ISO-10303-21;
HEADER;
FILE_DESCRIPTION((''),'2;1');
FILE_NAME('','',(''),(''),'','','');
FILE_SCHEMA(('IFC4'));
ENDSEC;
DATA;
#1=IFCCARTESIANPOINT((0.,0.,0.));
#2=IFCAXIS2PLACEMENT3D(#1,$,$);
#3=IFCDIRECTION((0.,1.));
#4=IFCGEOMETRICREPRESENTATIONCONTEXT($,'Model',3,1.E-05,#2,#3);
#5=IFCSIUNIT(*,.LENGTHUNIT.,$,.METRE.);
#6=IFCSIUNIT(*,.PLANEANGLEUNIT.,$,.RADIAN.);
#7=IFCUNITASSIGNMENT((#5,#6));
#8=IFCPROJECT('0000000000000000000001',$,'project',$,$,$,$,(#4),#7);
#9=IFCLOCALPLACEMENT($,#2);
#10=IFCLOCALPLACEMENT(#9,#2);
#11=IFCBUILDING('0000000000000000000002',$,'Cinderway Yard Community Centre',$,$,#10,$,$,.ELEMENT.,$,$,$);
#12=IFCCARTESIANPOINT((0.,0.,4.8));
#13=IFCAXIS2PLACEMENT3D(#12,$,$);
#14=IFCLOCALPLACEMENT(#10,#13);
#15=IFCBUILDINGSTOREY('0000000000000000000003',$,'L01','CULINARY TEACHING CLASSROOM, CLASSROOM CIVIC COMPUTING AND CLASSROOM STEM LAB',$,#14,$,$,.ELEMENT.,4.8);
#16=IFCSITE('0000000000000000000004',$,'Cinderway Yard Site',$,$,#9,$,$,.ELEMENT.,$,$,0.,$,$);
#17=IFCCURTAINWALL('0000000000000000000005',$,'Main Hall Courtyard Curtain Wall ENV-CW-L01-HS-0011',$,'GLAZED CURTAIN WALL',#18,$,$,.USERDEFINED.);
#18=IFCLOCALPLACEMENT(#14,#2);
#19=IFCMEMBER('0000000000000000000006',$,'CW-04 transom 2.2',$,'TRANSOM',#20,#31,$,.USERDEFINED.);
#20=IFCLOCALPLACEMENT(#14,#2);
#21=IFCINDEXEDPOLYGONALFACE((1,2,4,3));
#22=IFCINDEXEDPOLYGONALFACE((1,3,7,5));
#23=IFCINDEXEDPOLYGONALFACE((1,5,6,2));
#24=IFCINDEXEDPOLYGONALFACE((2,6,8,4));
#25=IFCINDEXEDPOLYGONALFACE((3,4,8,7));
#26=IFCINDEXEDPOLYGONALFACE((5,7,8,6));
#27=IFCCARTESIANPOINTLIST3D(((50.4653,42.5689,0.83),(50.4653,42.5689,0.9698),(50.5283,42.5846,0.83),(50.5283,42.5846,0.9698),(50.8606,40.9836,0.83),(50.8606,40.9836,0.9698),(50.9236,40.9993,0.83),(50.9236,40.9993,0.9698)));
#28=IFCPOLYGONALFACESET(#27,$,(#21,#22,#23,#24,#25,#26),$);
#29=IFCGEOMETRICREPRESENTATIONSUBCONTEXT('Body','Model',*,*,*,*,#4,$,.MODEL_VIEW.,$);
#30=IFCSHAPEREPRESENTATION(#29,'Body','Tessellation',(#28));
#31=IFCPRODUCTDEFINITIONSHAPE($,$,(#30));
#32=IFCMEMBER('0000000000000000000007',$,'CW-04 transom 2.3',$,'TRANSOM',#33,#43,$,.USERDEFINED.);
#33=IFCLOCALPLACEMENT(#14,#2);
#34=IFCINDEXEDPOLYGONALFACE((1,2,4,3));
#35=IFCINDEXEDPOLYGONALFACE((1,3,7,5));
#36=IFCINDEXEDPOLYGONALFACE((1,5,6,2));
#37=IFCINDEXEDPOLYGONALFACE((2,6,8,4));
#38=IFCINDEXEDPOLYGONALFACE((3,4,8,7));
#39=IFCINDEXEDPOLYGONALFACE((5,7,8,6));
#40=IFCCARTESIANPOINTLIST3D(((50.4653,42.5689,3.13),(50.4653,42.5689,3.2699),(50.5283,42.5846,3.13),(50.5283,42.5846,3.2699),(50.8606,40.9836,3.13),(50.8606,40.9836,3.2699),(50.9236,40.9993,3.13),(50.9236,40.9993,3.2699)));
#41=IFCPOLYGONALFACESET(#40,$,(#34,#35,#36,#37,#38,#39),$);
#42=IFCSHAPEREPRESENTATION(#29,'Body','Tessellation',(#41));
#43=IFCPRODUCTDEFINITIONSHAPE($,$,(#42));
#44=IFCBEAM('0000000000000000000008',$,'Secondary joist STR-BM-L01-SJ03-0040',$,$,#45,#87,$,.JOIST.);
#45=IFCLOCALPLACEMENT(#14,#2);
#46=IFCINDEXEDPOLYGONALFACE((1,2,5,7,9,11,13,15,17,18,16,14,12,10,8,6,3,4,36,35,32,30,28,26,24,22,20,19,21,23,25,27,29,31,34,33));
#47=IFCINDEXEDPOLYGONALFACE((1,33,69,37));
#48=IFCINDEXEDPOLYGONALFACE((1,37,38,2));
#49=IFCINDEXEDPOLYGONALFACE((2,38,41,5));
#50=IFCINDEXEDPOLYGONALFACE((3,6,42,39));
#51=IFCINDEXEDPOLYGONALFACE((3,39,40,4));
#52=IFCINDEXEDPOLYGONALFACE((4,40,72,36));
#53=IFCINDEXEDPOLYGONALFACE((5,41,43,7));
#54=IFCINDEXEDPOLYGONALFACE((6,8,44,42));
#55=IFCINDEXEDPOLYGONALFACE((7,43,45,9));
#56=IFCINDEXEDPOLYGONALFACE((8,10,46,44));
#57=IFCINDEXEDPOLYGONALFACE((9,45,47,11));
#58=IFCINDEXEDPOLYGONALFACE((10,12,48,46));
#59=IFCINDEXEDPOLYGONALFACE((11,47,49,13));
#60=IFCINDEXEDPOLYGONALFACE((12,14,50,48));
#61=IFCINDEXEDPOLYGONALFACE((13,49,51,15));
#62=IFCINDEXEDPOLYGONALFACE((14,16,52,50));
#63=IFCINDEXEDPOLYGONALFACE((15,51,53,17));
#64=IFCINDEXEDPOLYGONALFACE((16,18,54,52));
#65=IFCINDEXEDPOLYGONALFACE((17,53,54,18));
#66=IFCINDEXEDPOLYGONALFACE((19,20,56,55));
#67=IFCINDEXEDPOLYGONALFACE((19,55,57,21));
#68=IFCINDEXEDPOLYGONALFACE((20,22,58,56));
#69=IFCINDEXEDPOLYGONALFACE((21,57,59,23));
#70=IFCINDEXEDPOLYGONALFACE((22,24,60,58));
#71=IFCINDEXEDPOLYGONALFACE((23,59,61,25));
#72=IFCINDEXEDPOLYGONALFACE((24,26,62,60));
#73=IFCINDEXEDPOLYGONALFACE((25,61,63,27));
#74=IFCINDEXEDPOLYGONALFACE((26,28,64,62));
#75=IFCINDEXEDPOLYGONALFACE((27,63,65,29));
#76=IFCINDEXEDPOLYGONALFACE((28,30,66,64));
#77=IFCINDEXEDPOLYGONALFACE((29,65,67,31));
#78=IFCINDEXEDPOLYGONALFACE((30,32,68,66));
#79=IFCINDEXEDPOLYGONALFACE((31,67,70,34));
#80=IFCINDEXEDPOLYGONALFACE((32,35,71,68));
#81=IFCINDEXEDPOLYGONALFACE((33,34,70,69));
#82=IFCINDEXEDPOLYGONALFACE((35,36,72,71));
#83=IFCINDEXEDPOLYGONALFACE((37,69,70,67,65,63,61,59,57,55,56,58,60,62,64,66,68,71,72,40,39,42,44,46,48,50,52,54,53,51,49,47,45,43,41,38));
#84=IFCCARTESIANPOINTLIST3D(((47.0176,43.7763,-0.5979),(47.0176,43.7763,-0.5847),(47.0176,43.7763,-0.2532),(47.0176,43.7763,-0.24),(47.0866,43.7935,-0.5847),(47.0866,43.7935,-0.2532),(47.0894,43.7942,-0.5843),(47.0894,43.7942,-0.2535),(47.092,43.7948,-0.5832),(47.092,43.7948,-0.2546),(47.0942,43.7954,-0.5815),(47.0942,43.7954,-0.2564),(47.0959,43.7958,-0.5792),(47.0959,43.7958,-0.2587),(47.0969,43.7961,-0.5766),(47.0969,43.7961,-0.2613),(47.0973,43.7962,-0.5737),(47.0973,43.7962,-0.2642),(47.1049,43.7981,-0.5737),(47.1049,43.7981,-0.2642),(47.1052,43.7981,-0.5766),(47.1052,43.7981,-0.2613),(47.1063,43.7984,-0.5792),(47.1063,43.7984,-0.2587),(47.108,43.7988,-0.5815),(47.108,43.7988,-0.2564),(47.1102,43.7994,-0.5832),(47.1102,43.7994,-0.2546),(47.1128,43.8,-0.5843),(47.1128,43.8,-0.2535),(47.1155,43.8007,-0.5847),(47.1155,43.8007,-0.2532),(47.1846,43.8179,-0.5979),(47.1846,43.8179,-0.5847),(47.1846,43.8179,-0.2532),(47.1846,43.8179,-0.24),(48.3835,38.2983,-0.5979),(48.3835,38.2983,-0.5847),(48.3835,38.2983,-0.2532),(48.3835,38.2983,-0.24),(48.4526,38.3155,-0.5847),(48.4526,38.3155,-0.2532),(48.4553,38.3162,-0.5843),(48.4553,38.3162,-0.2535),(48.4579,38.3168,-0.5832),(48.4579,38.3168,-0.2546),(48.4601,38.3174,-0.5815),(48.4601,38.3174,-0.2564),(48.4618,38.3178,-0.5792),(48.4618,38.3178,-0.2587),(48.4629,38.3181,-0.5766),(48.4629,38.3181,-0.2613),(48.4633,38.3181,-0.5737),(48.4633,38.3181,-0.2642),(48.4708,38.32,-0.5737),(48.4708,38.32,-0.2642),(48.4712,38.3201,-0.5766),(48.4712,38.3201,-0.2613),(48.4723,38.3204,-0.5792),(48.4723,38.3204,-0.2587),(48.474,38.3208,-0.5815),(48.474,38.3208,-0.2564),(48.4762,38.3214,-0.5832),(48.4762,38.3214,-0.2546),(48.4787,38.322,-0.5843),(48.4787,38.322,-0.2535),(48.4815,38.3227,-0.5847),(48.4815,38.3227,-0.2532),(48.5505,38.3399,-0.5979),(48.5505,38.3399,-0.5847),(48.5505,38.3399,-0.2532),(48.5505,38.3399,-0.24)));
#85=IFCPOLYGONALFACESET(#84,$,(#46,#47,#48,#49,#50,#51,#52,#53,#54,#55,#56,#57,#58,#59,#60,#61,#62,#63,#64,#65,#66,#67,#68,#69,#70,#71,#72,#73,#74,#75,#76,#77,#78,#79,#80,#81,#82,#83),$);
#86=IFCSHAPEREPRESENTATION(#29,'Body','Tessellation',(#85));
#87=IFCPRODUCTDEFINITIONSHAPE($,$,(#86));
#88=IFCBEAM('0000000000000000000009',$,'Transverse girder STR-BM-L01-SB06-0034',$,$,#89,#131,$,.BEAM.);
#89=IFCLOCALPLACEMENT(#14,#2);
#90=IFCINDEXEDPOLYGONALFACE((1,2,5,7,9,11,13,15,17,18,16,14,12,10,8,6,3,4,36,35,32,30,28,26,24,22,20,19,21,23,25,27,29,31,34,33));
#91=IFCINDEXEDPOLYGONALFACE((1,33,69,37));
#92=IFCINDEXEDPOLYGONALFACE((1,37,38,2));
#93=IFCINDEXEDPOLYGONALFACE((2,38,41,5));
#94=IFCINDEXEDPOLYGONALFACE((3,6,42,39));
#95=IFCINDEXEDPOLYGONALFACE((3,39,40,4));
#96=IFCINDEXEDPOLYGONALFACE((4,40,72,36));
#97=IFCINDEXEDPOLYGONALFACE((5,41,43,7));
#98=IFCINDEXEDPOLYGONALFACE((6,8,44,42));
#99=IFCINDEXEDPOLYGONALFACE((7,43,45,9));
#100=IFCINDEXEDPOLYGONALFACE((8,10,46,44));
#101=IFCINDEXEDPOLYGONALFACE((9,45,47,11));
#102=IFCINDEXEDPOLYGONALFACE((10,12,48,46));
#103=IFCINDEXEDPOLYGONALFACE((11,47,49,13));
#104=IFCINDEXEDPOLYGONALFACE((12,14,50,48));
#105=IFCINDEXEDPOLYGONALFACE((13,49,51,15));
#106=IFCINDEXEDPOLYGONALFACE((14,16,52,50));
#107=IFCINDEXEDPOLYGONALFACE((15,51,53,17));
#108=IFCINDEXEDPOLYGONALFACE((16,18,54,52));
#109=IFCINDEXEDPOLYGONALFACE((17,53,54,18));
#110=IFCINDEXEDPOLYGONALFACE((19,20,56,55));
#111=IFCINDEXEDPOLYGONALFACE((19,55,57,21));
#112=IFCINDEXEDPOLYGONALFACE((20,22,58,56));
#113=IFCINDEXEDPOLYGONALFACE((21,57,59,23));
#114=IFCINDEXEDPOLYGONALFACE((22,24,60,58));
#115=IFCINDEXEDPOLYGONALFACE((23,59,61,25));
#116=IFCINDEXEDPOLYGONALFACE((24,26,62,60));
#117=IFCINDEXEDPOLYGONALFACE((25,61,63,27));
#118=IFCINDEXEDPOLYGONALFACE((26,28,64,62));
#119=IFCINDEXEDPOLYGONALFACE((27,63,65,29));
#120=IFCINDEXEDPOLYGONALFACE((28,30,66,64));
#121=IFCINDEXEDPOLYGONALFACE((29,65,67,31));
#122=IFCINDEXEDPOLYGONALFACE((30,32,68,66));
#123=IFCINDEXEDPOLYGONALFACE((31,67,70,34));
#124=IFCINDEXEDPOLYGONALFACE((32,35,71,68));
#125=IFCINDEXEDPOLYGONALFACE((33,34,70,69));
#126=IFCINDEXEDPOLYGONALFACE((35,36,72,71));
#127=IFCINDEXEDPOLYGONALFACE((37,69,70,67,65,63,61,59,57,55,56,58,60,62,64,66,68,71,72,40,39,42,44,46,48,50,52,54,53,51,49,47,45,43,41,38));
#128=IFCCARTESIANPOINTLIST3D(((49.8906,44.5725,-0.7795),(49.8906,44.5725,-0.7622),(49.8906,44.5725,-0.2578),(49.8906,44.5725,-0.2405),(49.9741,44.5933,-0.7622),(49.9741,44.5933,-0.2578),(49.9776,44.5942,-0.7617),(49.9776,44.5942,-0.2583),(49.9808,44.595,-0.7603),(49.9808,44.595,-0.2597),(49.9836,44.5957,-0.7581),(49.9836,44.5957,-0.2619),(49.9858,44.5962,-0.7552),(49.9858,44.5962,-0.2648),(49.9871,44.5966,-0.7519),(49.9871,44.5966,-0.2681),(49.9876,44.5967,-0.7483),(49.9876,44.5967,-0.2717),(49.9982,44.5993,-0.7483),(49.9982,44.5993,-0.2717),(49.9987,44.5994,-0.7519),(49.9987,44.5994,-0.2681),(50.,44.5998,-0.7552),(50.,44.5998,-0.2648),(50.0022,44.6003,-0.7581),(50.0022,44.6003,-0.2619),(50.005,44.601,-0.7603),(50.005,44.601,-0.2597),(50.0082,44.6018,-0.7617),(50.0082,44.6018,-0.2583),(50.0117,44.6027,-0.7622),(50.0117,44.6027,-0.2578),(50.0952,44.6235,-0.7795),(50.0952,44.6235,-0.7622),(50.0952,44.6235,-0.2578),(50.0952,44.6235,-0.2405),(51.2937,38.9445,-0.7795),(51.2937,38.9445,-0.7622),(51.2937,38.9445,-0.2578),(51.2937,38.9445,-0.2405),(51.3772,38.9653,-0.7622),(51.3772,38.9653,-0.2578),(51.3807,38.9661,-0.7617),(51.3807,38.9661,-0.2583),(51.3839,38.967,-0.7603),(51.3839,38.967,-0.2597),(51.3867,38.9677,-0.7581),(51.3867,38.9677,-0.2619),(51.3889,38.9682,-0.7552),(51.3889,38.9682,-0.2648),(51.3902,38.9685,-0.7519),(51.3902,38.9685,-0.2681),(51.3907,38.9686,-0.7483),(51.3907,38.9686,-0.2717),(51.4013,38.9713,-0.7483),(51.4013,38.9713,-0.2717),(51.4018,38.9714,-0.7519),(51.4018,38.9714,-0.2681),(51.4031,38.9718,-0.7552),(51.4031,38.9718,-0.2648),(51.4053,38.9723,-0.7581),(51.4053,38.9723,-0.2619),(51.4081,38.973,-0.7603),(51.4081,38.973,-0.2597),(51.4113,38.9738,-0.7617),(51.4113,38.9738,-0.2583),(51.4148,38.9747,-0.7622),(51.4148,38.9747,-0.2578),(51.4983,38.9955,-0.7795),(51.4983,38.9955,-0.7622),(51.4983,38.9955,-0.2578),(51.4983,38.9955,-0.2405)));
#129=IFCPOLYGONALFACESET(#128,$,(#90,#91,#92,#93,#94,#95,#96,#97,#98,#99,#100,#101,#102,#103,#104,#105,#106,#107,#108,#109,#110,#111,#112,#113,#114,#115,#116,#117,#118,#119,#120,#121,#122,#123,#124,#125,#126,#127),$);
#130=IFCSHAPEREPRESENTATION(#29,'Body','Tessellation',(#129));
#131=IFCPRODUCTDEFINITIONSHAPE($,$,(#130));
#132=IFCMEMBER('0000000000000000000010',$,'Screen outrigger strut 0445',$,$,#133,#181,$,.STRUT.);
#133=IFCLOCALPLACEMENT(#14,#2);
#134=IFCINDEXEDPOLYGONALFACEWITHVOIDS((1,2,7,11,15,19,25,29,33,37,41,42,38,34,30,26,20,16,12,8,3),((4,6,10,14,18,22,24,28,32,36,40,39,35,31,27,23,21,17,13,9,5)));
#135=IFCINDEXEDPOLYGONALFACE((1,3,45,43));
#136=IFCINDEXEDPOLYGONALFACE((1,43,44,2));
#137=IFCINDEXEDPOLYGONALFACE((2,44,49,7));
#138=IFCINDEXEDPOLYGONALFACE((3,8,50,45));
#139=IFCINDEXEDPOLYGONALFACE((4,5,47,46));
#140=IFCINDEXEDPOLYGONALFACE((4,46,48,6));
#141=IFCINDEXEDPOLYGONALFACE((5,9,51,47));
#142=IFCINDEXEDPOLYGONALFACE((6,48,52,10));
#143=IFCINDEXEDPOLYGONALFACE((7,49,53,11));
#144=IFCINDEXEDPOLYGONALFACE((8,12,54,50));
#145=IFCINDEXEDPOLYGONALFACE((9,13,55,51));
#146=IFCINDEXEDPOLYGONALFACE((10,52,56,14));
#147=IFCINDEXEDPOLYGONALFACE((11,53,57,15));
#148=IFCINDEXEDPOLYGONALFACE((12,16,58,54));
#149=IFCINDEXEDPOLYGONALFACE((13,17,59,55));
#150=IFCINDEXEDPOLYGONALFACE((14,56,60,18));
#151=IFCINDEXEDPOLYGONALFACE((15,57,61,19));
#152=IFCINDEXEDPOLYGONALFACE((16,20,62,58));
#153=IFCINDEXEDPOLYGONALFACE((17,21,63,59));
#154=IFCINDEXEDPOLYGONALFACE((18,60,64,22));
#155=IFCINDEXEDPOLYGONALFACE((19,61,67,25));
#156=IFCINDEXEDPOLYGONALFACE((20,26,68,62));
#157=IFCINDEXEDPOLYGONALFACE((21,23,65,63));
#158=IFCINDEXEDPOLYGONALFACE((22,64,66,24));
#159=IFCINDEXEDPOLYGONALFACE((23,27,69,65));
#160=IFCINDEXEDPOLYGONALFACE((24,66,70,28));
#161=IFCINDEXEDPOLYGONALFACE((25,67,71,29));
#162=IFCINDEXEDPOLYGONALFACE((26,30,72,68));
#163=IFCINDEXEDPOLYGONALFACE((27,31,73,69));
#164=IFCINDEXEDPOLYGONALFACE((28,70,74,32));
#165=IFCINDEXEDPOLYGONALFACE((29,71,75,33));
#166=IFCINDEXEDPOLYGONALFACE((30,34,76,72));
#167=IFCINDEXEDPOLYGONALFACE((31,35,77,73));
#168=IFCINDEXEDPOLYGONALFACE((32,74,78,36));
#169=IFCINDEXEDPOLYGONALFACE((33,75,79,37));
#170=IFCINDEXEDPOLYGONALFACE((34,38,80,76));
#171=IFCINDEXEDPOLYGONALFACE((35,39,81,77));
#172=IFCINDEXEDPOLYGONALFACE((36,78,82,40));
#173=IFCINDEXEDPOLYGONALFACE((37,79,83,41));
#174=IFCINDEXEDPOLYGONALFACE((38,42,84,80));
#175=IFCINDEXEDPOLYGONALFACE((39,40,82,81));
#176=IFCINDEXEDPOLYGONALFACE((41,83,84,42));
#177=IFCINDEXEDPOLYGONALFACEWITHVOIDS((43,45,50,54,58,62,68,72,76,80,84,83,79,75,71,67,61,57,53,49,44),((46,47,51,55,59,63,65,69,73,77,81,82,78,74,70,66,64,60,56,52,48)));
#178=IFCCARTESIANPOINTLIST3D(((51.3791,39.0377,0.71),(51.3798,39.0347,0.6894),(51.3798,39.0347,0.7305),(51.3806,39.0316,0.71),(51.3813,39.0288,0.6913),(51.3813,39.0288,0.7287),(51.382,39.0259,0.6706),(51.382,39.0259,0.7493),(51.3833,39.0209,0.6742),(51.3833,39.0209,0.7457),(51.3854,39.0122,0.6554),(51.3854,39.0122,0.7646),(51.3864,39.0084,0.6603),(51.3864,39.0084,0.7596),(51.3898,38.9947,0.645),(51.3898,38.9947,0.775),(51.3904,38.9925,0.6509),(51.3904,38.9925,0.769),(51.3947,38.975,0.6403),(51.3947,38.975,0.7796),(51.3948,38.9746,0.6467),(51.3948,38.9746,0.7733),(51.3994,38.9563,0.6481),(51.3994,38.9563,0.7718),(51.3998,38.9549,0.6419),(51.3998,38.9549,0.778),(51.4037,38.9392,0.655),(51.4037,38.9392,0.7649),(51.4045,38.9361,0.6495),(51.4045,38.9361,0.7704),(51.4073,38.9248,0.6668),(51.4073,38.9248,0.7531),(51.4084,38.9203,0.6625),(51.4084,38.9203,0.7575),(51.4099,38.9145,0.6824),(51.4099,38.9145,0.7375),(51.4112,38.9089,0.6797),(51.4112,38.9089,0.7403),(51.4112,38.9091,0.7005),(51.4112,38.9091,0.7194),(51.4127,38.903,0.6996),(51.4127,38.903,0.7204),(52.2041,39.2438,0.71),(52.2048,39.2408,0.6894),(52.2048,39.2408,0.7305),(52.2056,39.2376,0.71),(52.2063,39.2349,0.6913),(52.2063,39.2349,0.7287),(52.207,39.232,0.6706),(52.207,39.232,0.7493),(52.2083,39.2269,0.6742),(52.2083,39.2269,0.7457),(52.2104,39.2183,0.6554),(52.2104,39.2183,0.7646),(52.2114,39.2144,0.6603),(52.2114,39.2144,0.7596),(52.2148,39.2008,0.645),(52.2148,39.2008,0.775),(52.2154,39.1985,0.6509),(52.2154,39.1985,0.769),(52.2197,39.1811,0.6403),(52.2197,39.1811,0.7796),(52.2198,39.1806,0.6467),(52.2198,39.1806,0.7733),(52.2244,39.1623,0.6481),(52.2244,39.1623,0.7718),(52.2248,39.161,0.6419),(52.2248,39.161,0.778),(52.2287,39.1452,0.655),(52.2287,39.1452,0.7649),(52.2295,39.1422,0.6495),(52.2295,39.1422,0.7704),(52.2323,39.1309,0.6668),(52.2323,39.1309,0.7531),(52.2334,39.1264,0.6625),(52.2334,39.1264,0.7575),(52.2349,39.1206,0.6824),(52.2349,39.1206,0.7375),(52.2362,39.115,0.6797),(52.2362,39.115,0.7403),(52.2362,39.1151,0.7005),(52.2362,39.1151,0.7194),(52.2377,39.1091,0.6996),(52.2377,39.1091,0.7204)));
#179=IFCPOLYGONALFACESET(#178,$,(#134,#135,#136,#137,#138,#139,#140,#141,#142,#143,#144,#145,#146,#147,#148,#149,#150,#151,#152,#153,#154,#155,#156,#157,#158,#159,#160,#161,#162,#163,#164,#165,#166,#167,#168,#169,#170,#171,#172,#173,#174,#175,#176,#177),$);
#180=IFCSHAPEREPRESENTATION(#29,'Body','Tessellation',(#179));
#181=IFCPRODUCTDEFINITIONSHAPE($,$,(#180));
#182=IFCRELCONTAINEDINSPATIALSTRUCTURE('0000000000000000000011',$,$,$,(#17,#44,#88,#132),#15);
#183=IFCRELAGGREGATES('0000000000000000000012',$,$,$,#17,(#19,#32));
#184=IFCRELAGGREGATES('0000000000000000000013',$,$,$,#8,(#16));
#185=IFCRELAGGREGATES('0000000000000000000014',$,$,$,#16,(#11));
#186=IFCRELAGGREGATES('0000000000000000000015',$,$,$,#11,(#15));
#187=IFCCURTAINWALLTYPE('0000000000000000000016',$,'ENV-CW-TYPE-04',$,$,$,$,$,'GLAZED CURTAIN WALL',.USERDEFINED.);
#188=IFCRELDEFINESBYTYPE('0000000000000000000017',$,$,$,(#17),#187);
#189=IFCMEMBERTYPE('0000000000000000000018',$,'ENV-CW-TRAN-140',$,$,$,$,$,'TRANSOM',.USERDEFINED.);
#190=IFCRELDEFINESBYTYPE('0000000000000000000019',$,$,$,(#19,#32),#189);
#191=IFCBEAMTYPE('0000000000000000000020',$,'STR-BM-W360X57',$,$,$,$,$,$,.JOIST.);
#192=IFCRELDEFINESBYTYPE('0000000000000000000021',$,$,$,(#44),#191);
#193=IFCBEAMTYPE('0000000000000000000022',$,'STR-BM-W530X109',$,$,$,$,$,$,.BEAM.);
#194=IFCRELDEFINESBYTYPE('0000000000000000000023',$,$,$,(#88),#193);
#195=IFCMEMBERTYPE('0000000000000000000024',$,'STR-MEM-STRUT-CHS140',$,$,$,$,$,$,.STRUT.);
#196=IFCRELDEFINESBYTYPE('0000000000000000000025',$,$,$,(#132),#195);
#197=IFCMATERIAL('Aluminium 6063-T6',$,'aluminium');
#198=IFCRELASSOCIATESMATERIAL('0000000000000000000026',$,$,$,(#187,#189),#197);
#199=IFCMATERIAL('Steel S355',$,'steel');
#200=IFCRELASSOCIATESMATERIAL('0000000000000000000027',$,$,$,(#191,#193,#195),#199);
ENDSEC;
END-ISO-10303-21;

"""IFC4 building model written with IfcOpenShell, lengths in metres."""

from ifc_helpers import new_model, si_unit, direction, frame, origin, origin_2d, place, context, subcontext, project, spatial, rectangle, hollow_circle, i_section, extrude, material, material_profile, profile_set, type_object, element, aggregate, save


model = new_model("IFC4")

# Units and contexts
model_context = context("Model", 3, precision=1e-05, world=origin(), true_north=direction((0.0, 1.0)))
body_context = subcontext(model_context, "Body", "Model", "MODEL_VIEW")
ifc_project = project(units=[si_unit("LENGTHUNIT", "METRE"), si_unit("PLANEANGLEUNIT", "RADIAN")], contexts=[model_context])

# Site, building, storey
site_placement = place(None, origin())
site = spatial("IfcSite", under=ifc_project, at=site_placement, Name="Cinderway Yard Site", CompositionType="ELEMENT", RefElevation=0.0)
building_placement = place(site_placement, origin())
building = spatial("IfcBuilding", under=site, at=building_placement, Name="Cinderway Yard Community Centre", CompositionType="ELEMENT")
storey_placement = place(building_placement, frame((0.0, 0.0, 4.8)))
storey = spatial("IfcBuildingStorey", under=building, at=storey_placement, Name="L01", Description="CULINARY TEACHING CLASSROOM, CLASSROOM CIVIC COMPUTING AND CLASSROOM STEM LAB", CompositionType="ELEMENT", Elevation=4.8)

# Curtain wall
ifc_material_1 = material(Name="Aluminium 6063-T6", Category="aluminium")
curtain_wall_type = type_object("IfcCurtainWallType", Name="ENV-CW-TYPE-04", ElementType="GLAZED CURTAIN WALL", PredefinedType="USERDEFINED", material=ifc_material_1)
curtain_wall_1_placement = place(storey_placement, origin())
curtain_wall_1 = element("IfcCurtainWall", 1, at=curtain_wall_1_placement, inside=storey, type_object=curtain_wall_type, Name="Main Hall Courtyard Curtain Wall ENV-CW-L01-HS-0011", ObjectType="GLAZED CURTAIN WALL", PredefinedType="USERDEFINED")

# Members
ifc_material_profile_1 = material_profile(ifc_material_1, rectangle(XDim=0.0649, YDim=0.1399, at=origin_2d()), Name="Aluminium 6063-T6")
ifc_profile_set_1 = profile_set([ifc_material_profile_1], Name="Aluminium 6063-T6")
member_type_1 = type_object("IfcMemberType", Name="ENV-CW-TRAN-140", ElementType="TRANSOM", PredefinedType="USERDEFINED", material=ifc_profile_set_1)
member_1_placement = place(storey_placement, frame((50.8921, 40.9915, 0.8999), z_axis=(-0.241938, 0.970292, 0.0), x_axis=(-0.970292, -0.241938, 0.0)))
member_1 = element("IfcMember", 2, at=member_1_placement, type_object=member_type_1, Name="CW-04 transom 2.2", ObjectType="TRANSOM", PredefinedType="USERDEFINED", context=body_context, shape_type="SweptSolid", body=[
    extrude(rectangle(XDim=0.0649, YDim=0.1399, at=origin_2d()), origin(), (0.0, 0.0, 1.0), 1.6338),
])
member_2_placement = place(storey_placement, frame((50.8921, 40.9915, 3.2), z_axis=(-0.241938, 0.970292, 0.0), x_axis=(-0.970292, -0.241938, 0.0)))
member_2 = element("IfcMember", 3, at=member_2_placement, type_object=member_type_1, Name="CW-04 transom 2.3", ObjectType="TRANSOM", PredefinedType="USERDEFINED", context=body_context, shape_type="SweptSolid", body=[
    extrude(rectangle(XDim=0.0649, YDim=0.1399, at=origin_2d()), origin(), (0.0, 0.0, 1.0), 1.6338),
])

# Beams
ifc_material_2 = material(Name="Steel S355", Category="steel")
ifc_material_profile_2 = material_profile(ifc_material_2, i_section(OverallWidth=0.1721, OverallDepth=0.3579, WebThickness=0.0078, FlangeThickness=0.0132, FilletRadius=0.011, at=origin_2d()), Name="Steel S355")
ifc_profile_set_2 = profile_set([ifc_material_profile_2], Name="Steel S355")
beam_type_1 = type_object("IfcBeamType", Name="STR-BM-W360X57", PredefinedType="JOIST", material=ifc_profile_set_2)
beam_1_placement = place(storey_placement, frame((48.467, 38.3191, -0.4189), z_axis=(-0.241945, 0.97029, 0.0), x_axis=(-0.97029, -0.241945, 0.0)))
element("IfcBeam", 4, at=beam_1_placement, inside=storey, type_object=beam_type_1, Name="Secondary joist STR-BM-L01-SJ03-0040", PredefinedType="JOIST", context=body_context, shape_type="SweptSolid", body=[
    extrude(i_section(OverallWidth=0.1721, OverallDepth=0.3579, WebThickness=0.0078, FlangeThickness=0.0132, FilletRadius=0.011, at=origin_2d()), origin(), (0.0, 0.0, 1.0), 5.6458),
])
ifc_material_profile_3 = material_profile(ifc_material_2, i_section(OverallWidth=0.2109, OverallDepth=0.5391, WebThickness=0.011, FlangeThickness=0.0173, FilletRadius=0.0139, at=origin_2d()), Name="Steel S355")
ifc_profile_set_3 = profile_set([ifc_material_profile_3], Name="Steel S355")
beam_type_2 = type_object("IfcBeamType", Name="STR-BM-W530X109", PredefinedType="BEAM", material=ifc_profile_set_3)
beam_2_placement = place(storey_placement, frame((51.396, 38.97, -0.51), z_axis=(-0.241902, 0.970301, 0.0), x_axis=(-0.970301, -0.241902, 0.0)))
element("IfcBeam", 5, at=beam_2_placement, inside=storey, type_object=beam_type_2, Name="Transverse girder STR-BM-L01-SB06-0034", PredefinedType="BEAM", context=body_context, shape_type="SweptSolid", body=[
    extrude(i_section(OverallWidth=0.2109, OverallDepth=0.5391, WebThickness=0.011, FlangeThickness=0.0173, FilletRadius=0.0139, at=origin_2d()), origin(), (0.0, 0.0, 1.0), 5.8003),
])

# Member
ifc_material_profile_4 = material_profile(ifc_material_2, hollow_circle(Radius=0.0698, WallThickness=0.0063, at=origin_2d()), Name="Steel S355")
ifc_profile_set_4 = profile_set([ifc_material_profile_4], Name="Steel S355")
member_type_2 = type_object("IfcMemberType", Name="STR-MEM-STRUT-CHS140", PredefinedType="STRUT", material=ifc_profile_set_4)
for number, where, z_axis, x_axis, name in (
    (6, (51.396, 38.97, 0.71), (0.970193, 0.242333, 0.0), (-0.242333, 0.970193, 0.0), "Screen outrigger strut 0445"),
):
    element("IfcMember", number, at=place(storey_placement, frame(where, z_axis=z_axis, x_axis=x_axis)), inside=storey, type_object=member_type_2, Name=name, PredefinedType="STRUT", context=body_context, shape_type="SweptSolid", body=[
        extrude(hollow_circle(Radius=0.0698, WallThickness=0.0063, at=origin_2d()), origin(), (0.0, 0.0, 1.0), 0.8503),
    ])

aggregate(curtain_wall_1, [member_1, member_2])

save(model, "model.ifc")
